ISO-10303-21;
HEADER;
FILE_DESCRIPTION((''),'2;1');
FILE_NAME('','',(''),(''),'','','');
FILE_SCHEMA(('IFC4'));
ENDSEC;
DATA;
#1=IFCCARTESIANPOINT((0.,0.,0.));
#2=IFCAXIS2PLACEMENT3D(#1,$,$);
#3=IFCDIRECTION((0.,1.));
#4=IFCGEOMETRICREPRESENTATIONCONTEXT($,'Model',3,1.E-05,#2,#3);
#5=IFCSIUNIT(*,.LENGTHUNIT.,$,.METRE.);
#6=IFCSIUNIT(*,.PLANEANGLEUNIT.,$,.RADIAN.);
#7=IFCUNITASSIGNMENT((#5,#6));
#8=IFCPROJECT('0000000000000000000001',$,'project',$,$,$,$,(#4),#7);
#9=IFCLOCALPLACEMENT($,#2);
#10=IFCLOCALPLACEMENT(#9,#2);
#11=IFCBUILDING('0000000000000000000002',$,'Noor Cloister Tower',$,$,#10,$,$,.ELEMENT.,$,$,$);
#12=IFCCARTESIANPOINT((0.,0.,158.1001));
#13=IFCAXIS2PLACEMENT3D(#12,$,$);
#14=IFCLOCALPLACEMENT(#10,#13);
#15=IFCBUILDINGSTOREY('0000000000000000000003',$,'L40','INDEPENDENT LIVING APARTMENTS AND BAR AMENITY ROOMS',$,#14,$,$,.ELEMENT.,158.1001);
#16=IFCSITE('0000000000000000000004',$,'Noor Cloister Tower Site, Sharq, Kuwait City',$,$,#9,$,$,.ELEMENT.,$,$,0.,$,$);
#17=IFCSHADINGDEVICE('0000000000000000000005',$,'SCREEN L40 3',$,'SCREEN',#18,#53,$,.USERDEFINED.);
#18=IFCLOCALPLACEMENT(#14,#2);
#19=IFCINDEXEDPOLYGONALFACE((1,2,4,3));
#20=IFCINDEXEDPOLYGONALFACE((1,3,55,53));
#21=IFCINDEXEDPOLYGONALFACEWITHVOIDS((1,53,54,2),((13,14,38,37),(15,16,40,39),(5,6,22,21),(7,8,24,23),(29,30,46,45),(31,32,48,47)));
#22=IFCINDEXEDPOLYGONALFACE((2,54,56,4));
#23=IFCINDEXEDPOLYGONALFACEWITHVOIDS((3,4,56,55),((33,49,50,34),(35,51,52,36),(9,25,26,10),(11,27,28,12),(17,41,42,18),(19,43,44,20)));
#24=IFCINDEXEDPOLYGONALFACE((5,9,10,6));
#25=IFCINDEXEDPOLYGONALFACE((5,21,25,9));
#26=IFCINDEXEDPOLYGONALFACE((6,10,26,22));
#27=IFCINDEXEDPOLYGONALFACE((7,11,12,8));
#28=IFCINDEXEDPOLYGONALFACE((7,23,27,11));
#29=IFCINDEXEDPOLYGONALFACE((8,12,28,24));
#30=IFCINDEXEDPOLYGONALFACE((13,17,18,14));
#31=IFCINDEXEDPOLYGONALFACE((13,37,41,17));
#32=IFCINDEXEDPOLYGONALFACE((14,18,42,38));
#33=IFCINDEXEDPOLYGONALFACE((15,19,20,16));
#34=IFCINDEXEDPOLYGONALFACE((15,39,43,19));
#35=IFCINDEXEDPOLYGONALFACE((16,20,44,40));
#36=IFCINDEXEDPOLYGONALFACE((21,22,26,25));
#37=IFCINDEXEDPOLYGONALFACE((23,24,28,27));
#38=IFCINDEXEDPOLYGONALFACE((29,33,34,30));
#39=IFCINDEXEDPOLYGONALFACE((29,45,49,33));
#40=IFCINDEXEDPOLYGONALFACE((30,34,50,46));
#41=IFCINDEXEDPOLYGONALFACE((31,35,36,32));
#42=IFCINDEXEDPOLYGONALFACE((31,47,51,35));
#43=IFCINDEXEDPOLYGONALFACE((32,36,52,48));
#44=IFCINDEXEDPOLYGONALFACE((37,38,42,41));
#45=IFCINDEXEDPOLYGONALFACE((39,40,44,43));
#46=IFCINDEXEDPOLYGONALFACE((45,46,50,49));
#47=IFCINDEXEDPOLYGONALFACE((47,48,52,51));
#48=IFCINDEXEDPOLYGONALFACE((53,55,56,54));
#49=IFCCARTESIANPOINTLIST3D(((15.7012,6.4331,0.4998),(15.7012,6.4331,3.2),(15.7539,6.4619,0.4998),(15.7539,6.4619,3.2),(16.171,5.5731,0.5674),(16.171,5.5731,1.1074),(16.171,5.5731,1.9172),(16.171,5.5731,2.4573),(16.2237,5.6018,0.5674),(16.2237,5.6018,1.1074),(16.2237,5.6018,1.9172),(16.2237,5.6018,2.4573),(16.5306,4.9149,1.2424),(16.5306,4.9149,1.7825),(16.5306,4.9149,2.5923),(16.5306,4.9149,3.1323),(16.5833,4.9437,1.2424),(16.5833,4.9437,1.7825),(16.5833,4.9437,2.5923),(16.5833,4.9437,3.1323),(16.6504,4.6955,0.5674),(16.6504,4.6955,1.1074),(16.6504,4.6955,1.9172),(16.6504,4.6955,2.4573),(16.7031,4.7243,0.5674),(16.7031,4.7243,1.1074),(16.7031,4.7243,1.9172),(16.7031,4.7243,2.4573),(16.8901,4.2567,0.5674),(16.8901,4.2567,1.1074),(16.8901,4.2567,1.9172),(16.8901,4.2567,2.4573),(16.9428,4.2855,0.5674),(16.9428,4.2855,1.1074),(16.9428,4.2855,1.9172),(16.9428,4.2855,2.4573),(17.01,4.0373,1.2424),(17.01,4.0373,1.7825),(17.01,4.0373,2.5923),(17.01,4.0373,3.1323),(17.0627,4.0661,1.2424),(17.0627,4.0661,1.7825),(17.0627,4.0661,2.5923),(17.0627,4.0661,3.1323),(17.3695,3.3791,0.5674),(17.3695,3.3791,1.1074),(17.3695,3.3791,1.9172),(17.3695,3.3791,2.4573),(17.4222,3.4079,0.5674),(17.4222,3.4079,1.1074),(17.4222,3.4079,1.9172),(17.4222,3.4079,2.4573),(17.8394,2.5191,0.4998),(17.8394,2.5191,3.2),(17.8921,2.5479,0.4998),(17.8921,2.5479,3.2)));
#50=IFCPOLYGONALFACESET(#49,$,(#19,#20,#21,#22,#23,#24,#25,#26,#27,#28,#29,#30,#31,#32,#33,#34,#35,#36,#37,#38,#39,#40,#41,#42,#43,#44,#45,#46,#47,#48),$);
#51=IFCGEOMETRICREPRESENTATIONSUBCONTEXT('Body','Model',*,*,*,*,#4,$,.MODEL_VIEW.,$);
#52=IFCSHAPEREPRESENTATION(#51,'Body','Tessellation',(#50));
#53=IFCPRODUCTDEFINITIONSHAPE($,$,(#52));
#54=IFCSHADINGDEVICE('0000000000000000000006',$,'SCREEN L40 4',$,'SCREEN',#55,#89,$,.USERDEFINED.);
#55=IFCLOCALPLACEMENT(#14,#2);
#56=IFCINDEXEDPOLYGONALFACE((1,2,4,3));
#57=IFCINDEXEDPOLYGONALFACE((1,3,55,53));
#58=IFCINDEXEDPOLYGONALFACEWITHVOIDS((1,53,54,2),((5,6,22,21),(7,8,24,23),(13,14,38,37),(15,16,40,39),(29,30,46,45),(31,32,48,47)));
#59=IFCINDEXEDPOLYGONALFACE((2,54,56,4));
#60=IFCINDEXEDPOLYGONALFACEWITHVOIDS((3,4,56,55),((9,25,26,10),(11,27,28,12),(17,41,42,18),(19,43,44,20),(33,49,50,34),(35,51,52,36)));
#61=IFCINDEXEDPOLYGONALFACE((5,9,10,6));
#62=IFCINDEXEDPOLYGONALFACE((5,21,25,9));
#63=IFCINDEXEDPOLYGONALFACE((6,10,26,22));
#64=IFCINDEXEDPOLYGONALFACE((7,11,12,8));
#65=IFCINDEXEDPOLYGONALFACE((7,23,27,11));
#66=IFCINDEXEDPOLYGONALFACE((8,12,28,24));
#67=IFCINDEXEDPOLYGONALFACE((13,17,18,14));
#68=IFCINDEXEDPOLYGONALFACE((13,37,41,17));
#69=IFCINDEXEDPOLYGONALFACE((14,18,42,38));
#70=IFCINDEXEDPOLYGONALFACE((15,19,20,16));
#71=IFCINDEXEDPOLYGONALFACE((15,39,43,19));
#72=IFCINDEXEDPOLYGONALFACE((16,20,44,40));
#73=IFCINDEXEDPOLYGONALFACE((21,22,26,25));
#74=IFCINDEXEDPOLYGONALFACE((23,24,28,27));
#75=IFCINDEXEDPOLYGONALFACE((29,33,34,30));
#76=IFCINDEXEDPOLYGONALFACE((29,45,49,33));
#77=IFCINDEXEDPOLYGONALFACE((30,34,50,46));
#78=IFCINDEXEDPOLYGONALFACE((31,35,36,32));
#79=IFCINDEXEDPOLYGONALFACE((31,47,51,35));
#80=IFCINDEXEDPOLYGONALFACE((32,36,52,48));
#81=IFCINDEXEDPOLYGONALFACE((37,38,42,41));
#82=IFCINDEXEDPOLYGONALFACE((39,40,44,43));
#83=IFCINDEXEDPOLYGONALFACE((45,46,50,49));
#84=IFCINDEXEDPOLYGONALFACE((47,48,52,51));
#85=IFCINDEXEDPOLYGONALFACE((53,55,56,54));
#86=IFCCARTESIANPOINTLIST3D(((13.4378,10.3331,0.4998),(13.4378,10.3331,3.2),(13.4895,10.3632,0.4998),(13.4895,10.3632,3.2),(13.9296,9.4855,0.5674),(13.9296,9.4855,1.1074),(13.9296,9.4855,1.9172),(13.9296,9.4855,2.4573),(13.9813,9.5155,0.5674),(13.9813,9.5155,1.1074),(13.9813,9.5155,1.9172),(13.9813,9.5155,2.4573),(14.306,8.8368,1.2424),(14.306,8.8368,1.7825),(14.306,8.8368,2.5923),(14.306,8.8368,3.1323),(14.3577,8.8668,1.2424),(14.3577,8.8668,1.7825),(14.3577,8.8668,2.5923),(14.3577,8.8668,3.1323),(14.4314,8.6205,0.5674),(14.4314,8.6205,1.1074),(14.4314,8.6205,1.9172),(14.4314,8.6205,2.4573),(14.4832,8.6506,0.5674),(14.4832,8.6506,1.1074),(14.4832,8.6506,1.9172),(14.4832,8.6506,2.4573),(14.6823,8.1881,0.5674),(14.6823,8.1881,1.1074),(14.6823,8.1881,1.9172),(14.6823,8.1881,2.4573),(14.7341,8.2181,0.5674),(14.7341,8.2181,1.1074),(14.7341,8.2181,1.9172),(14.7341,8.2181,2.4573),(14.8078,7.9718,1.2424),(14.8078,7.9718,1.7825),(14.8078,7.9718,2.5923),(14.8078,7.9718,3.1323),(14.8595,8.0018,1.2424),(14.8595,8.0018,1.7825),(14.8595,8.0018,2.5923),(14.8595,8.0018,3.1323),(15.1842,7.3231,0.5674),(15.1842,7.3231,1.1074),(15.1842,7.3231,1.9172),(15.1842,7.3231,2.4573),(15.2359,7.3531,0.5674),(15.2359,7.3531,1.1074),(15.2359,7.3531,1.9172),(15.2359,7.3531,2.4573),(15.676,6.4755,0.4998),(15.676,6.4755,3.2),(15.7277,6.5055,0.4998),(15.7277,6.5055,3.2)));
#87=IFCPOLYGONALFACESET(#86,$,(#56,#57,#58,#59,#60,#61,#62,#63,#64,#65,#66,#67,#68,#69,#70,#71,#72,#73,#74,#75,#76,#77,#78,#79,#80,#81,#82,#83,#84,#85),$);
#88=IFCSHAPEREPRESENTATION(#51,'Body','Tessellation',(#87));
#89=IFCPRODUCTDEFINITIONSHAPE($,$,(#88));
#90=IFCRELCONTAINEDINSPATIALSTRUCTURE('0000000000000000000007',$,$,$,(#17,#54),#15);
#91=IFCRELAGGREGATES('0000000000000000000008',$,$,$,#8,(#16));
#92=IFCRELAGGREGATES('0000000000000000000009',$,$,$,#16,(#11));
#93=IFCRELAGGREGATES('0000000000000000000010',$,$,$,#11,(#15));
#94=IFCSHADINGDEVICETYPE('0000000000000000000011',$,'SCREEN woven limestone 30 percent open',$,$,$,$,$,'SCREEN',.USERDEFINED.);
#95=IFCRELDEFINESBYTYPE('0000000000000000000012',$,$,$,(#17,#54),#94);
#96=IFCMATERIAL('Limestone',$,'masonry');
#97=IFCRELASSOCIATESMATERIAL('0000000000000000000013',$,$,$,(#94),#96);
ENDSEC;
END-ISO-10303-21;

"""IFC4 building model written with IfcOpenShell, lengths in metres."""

from ifc_helpers import new_model, si_unit, direction, frame, origin, place, context, subcontext, project, spatial, polyline, outline, extrude, material, material_profile, profile_set, type_object, element, save


model = new_model("IFC4")

# Units and contexts
model_context = context("Model", 3, precision=1e-05, world=origin(), true_north=direction((0.0, 1.0)))
body_context = subcontext(model_context, "Body", "Model", "MODEL_VIEW")
ifc_project = project(units=[si_unit("LENGTHUNIT", "METRE"), si_unit("PLANEANGLEUNIT", "RADIAN")], contexts=[model_context])

# Site, building, storey
site_placement = place(None, origin())
site = spatial("IfcSite", under=ifc_project, at=site_placement, Name="Noor Cloister Tower Site, Sharq, Kuwait City", CompositionType="ELEMENT", RefElevation=0.0)
building_placement = place(site_placement, origin())
building = spatial("IfcBuilding", under=site, at=building_placement, Name="Noor Cloister Tower", CompositionType="ELEMENT")
storey_placement = place(building_placement, frame((0.0, 0.0, 158.1001)))
storey = spatial("IfcBuildingStorey", under=building, at=storey_placement, Name="L40", Description="INDEPENDENT LIVING APARTMENTS AND BAR AMENITY ROOMS", CompositionType="ELEMENT", Elevation=158.1001)

# Shading devices
ifc_material_1 = material(Name="Limestone", Category="masonry")
ifc_material_profile_1 = material_profile(ifc_material_1, outline(polyline([(-2.23, -1.3501), (2.23, -1.3501), (2.23, 1.3501), (-2.23, 1.3501), (-2.23, -1.3501)]), holes=[polyline([(-1.25, -1.2825), (-0.25, -1.2825), (-0.25, -0.7424), (-1.25, -0.7424), (-1.25, -1.2825)]), polyline([(0.25, -1.2825), (1.25, -1.2825), (1.25, -0.7424), (0.25, -0.7424), (0.25, -1.2825)]), polyline([(-0.5, -0.6074), (0.5, -0.6074), (0.5, -0.0674), (-0.5, -0.0674), (-0.5, -0.6074)]), polyline([(-1.25, 0.0674), (-0.25, 0.0674), (-0.25, 0.6074), (-1.25, 0.6074), (-1.25, 0.0674)]), polyline([(0.25, 0.0674), (1.25, 0.0674), (1.25, 0.6074), (0.25, 0.6074), (0.25, 0.0674)]), polyline([(-0.5, 0.7424), (0.5, 0.7424), (0.5, 1.2825), (-0.5, 1.2825), (-0.5, 0.7424)])]), Name="Woven screen 30 percent open")
ifc_profile_set_1 = profile_set([ifc_material_profile_1], Name="Limestone")
shading_device_type = type_object("IfcShadingDeviceType", Name="SCREEN woven limestone 30 percent open", ElementType="SCREEN", PredefinedType="USERDEFINED", material=ifc_profile_set_1)
for number, where, z_axis, x_axis, name in (
    (1, (16.7703, 4.4761, 1.8499), (0.877585, 0.479421, 0.0), (-0.479421, 0.877585, 0.0), "SCREEN L40 3"),
):
    element("IfcShadingDevice", number, at=place(storey_placement, frame(where, z_axis=z_axis, x_axis=x_axis)), inside=storey, type_object=shading_device_type, Name=name, ObjectType="SCREEN", PredefinedType="USERDEFINED", context=body_context, shape_type="SweptSolid", body=[
        extrude(outline(polyline([(-2.23, -1.3501), (2.23, -1.3501), (2.23, 1.3501), (-2.23, 1.3501), (-2.23, -1.3501)]), holes=[polyline([(-1.25, -1.2825), (-0.25, -1.2825), (-0.25, -0.7424), (-1.25, -0.7424), (-1.25, -1.2825)]), polyline([(0.25, -1.2825), (1.25, -1.2825), (1.25, -0.7424), (0.25, -0.7424), (0.25, -1.2825)]), polyline([(-0.5, -0.6074), (0.5, -0.6074), (0.5, -0.0674), (-0.5, -0.0674), (-0.5, -0.6074)]), polyline([(-1.25, 0.0674), (-0.25, 0.0674), (-0.25, 0.6074), (-1.25, 0.6074), (-1.25, 0.0674)]), polyline([(0.25, 0.0674), (1.25, 0.0674), (1.25, 0.6074), (0.25, 0.6074), (0.25, 0.0674)]), polyline([(-0.5, 0.7424), (0.5, 0.7424), (0.5, 1.2825), (-0.5, 1.2825), (-0.5, 0.7424)])]), origin(), (0.0, 0.0, 1.0), 0.0601),
    ])
shading_device_placement = place(storey_placement, frame((14.5569, 8.4043, 1.8499), z_axis=(0.86496, 0.50184, 0.0), x_axis=(-0.50184, 0.86496, 0.0)))
element("IfcShadingDevice", 2, at=shading_device_placement, inside=storey, type_object=shading_device_type, Name="SCREEN L40 4", ObjectType="SCREEN", PredefinedType="USERDEFINED", context=body_context, shape_type="SweptSolid", body=[
    extrude(outline(polyline([(-2.23, -1.3501), (2.23, -1.3501), (2.23, 1.3501), (-2.23, 1.3501), (-2.23, -1.3501)]), holes=[polyline([(-1.25, -1.2825), (-0.25, -1.2825), (-0.25, -0.7424), (-1.25, -0.7424), (-1.25, -1.2825)]), polyline([(0.25, -1.2825), (1.25, -1.2825), (1.25, -0.7424), (0.25, -0.7424), (0.25, -1.2825)]), polyline([(-0.5, -0.6074), (0.5, -0.6074), (0.5, -0.0674), (-0.5, -0.0674), (-0.5, -0.6074)]), polyline([(-1.25, 0.0674), (-0.25, 0.0674), (-0.25, 0.6074), (-1.25, 0.6074), (-1.25, 0.0674)]), polyline([(0.25, 0.0674), (1.25, 0.0674), (1.25, 0.6074), (0.25, 0.6074), (0.25, 0.0674)]), polyline([(-0.5, 0.7424), (0.5, 0.7424), (0.5, 1.2825), (-0.5, 1.2825), (-0.5, 0.7424)])]), origin(), (0.0, 0.0, 1.0), 0.0598),
])

save(model, "model.ifc")
